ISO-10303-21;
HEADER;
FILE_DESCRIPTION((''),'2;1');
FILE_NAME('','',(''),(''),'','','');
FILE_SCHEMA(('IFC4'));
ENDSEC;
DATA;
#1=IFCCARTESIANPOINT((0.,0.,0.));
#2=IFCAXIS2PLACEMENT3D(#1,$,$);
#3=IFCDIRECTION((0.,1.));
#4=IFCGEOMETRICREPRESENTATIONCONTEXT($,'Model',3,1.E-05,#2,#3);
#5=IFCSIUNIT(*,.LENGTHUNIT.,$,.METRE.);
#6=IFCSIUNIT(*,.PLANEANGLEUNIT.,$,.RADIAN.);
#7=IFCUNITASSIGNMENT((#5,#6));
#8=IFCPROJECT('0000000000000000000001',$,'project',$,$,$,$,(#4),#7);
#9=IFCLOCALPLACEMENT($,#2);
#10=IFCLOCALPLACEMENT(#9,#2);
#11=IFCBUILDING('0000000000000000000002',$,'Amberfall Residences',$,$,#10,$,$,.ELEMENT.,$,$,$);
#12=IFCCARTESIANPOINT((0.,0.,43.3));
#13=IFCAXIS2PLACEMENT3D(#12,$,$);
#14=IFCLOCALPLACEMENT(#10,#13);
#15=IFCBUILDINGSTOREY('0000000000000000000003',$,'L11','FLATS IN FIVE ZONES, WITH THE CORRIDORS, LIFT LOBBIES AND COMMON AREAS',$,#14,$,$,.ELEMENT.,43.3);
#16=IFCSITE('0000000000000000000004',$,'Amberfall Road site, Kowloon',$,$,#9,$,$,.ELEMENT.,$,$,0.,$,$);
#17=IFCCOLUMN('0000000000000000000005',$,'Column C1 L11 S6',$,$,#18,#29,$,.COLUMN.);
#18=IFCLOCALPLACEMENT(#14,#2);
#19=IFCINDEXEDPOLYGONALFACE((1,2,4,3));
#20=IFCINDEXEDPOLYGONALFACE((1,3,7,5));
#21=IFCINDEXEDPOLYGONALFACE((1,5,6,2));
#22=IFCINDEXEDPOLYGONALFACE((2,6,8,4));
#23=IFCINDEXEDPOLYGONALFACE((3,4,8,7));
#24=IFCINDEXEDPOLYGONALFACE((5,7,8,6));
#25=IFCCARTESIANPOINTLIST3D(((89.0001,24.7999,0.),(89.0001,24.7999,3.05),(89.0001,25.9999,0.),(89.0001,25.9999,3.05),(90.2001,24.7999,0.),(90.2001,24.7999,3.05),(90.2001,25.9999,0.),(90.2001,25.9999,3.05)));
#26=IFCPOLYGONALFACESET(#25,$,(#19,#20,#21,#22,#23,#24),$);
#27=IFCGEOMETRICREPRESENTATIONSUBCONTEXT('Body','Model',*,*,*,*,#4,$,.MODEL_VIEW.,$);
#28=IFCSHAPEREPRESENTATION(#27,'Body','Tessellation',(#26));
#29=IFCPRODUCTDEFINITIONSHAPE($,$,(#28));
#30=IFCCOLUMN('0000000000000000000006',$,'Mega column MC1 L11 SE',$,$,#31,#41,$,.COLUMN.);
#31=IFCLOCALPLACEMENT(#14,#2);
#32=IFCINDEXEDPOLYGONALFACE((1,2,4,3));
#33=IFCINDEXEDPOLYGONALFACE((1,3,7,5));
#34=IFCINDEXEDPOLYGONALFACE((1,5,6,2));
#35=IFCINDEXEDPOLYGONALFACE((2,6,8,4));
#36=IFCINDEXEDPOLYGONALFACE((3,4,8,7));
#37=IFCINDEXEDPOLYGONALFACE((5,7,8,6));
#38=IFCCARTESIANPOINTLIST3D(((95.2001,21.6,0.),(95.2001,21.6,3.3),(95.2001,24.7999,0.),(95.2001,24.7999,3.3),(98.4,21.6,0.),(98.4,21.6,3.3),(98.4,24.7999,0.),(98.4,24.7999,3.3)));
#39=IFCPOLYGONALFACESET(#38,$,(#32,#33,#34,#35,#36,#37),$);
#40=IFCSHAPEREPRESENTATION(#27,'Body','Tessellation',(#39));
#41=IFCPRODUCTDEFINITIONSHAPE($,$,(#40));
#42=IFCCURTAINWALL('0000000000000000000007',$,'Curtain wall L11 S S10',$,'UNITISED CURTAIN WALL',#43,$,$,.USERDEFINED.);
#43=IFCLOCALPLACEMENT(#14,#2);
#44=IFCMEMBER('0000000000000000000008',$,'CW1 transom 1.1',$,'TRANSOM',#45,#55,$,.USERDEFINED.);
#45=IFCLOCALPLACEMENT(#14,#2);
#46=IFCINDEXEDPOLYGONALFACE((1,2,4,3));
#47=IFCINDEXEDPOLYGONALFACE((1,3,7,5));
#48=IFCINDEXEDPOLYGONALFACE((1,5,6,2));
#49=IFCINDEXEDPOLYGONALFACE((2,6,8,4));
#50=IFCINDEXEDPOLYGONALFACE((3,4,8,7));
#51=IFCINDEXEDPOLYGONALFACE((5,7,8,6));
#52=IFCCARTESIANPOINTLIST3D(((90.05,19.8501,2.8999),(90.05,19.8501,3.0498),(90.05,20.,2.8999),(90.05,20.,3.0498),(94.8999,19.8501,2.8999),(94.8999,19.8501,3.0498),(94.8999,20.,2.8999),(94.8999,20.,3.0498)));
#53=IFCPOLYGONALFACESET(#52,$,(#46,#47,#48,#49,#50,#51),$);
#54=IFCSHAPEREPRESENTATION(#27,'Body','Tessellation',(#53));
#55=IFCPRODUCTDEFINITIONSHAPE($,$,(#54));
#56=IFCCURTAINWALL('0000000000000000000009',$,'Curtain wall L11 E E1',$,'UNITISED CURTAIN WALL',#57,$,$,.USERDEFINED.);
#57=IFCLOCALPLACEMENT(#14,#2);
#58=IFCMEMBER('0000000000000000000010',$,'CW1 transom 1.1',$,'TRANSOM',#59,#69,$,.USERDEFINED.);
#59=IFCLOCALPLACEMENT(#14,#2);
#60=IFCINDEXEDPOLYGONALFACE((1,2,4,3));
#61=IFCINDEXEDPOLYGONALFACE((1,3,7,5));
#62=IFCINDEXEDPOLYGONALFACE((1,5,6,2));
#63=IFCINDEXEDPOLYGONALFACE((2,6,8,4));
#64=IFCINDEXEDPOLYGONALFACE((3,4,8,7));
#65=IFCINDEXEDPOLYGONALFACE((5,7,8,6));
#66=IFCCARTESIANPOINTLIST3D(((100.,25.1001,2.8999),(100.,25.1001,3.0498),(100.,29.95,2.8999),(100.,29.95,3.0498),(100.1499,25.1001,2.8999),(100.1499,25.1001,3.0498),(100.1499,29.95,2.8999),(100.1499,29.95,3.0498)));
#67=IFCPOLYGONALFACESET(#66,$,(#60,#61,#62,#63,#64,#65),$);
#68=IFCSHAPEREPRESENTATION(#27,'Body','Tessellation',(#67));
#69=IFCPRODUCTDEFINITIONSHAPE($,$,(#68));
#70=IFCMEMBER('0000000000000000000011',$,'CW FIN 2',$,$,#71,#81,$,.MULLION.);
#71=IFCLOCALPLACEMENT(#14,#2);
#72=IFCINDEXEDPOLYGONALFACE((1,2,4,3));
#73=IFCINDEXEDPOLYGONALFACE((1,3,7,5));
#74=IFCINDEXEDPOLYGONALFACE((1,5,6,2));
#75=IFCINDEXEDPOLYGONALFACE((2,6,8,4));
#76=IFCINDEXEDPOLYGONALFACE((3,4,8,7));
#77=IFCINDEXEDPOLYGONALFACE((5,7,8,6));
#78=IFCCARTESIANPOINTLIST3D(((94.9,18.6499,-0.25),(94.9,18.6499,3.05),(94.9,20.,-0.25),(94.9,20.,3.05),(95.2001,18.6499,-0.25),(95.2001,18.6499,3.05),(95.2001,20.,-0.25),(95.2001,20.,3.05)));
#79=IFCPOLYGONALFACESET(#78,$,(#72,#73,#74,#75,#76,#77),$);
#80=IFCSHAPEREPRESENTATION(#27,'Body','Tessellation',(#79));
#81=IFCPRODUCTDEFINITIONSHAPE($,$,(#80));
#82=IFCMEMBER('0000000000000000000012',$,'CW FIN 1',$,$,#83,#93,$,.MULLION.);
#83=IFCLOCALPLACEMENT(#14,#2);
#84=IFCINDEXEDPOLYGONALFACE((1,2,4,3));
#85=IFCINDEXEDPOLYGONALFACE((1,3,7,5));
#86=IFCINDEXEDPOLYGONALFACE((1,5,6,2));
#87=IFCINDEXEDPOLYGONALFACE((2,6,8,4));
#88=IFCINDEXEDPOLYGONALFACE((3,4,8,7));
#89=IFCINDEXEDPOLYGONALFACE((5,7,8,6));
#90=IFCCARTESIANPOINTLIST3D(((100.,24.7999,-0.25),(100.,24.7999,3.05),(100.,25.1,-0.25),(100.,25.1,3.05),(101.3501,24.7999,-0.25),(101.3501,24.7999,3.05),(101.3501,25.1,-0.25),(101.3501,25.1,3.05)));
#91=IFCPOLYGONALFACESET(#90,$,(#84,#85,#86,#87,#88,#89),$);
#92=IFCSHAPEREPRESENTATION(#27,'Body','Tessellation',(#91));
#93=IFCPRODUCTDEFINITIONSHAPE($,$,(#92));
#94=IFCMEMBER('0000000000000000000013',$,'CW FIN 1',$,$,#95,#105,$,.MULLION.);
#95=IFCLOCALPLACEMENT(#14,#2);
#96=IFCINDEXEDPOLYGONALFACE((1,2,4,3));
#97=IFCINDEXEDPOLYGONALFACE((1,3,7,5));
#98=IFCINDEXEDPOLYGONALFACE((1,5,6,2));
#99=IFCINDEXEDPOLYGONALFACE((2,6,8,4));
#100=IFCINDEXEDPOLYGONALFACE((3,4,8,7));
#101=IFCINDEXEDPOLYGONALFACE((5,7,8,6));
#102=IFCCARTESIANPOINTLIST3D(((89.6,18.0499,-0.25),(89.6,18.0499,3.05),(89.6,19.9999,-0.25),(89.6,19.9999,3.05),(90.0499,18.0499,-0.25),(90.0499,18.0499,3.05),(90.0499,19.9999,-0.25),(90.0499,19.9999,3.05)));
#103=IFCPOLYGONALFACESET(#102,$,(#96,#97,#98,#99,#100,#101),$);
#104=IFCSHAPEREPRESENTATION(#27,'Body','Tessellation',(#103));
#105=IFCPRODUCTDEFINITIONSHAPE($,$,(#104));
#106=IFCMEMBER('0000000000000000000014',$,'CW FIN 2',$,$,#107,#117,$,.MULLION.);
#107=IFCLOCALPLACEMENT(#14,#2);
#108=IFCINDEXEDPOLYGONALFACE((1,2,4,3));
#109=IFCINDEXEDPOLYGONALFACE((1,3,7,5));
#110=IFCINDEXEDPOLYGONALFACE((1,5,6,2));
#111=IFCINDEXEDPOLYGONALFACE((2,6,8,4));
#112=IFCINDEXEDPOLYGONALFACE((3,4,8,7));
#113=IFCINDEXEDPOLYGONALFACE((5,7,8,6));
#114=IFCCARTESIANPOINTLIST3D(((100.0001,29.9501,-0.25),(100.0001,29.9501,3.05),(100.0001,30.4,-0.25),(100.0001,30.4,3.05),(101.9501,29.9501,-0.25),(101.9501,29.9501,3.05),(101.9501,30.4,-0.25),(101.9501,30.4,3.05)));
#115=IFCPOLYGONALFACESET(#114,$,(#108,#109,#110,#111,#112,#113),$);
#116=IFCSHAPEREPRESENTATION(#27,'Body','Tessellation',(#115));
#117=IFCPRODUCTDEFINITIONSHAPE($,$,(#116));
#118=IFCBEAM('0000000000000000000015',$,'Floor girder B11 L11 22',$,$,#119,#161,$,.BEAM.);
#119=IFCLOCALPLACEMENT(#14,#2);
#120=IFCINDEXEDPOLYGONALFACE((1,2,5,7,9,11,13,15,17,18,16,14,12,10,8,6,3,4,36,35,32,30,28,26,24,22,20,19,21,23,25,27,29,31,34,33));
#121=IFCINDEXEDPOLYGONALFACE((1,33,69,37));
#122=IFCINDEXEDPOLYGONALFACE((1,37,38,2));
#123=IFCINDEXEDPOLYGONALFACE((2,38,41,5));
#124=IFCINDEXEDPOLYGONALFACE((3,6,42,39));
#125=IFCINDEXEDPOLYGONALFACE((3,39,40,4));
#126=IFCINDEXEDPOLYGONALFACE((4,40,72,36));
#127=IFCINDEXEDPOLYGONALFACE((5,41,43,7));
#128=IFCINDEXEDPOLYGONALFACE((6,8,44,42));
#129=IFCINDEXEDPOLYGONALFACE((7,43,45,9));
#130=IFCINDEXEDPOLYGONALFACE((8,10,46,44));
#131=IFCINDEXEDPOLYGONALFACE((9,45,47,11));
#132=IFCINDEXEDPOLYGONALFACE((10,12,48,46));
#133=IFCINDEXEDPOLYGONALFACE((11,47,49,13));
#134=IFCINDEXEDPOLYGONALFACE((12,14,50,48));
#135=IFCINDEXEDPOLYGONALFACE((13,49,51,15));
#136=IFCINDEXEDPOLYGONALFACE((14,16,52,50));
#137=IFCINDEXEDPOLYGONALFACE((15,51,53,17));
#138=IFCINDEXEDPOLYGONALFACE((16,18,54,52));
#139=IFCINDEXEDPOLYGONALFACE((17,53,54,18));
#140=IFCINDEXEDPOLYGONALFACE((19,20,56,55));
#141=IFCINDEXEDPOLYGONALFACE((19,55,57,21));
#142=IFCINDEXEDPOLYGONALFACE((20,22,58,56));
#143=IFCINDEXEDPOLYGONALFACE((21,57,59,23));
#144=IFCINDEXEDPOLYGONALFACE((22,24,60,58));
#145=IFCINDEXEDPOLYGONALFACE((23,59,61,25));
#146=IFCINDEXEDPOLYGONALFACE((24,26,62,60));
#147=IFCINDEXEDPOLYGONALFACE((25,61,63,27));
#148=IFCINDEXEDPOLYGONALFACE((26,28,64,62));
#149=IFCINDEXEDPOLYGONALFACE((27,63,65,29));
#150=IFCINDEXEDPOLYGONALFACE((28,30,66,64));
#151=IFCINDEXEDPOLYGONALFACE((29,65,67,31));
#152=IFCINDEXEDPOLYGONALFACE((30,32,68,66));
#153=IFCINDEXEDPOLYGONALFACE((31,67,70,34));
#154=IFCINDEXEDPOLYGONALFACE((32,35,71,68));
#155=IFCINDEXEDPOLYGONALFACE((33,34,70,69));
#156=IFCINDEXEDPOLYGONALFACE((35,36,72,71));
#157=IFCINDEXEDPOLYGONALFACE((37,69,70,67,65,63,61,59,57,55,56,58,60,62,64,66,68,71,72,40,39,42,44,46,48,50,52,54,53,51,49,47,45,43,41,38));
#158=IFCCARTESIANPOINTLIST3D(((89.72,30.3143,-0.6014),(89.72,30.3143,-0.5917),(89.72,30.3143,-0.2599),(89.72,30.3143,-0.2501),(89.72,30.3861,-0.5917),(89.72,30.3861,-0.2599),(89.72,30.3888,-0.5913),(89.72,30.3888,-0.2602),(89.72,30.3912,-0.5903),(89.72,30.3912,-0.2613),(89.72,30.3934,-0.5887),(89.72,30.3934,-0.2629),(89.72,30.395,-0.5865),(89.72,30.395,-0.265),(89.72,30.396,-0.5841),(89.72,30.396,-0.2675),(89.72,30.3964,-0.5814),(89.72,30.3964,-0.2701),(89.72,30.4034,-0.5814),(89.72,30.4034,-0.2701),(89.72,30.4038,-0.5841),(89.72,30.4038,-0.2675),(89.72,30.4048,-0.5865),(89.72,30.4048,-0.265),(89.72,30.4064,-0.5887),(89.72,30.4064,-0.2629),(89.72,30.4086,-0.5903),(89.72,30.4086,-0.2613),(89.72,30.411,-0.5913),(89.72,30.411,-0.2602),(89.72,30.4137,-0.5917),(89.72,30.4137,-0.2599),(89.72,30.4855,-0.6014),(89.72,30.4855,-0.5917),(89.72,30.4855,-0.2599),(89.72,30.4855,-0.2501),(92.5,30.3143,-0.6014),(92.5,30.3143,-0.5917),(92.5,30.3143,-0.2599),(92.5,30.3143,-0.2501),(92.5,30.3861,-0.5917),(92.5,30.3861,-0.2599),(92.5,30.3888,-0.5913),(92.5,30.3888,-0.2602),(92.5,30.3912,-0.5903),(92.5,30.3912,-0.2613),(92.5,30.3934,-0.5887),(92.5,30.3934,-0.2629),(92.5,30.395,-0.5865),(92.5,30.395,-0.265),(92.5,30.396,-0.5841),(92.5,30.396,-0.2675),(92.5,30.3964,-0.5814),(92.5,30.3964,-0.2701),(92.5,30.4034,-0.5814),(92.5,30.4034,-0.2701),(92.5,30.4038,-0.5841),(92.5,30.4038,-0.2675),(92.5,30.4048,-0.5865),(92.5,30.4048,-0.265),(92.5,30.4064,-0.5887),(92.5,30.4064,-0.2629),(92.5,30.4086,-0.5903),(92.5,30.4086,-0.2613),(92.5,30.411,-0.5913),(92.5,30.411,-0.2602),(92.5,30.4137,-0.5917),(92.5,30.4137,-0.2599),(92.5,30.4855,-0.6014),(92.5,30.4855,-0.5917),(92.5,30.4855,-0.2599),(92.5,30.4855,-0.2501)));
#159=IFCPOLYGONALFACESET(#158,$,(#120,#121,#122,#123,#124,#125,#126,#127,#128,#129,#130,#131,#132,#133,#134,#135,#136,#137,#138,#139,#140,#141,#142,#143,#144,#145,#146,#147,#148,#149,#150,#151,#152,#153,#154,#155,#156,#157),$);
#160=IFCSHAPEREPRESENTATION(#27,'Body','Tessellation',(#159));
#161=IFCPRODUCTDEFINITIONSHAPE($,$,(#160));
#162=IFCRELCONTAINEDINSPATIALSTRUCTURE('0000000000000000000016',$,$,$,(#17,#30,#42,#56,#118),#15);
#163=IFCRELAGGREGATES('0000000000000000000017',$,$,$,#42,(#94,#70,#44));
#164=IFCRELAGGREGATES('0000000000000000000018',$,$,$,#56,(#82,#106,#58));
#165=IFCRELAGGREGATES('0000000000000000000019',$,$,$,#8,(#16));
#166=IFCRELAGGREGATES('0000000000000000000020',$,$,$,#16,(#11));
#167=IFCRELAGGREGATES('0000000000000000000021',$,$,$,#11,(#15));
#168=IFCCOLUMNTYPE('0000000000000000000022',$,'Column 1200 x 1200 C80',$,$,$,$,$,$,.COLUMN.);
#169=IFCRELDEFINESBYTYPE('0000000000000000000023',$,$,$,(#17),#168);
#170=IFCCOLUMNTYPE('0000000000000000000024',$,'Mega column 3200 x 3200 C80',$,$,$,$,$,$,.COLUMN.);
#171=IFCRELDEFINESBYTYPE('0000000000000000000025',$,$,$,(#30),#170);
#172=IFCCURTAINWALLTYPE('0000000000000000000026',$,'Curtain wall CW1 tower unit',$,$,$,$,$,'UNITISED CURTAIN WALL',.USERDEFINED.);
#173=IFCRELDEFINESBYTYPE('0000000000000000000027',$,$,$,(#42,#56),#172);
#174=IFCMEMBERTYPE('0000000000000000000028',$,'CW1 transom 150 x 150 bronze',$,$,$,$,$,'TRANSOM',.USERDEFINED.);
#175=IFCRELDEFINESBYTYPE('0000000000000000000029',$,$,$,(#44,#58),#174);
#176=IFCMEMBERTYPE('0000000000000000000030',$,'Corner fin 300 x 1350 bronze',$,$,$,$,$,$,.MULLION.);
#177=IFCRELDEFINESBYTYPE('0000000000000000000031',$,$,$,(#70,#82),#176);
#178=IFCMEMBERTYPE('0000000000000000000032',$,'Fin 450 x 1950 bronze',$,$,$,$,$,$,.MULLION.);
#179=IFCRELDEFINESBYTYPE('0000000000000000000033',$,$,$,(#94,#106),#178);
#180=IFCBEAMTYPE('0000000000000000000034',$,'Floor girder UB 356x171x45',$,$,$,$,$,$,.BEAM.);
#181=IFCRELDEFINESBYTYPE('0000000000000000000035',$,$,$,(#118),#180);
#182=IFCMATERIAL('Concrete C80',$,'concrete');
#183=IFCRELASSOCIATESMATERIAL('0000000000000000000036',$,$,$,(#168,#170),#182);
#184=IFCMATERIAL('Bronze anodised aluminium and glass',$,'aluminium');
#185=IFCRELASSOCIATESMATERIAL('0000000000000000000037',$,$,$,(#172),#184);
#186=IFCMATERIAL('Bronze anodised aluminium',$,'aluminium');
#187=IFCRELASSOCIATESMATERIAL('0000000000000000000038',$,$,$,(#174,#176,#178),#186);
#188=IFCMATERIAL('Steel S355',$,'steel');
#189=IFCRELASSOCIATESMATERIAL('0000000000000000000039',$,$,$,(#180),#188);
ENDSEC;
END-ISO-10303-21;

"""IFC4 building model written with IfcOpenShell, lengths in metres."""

from ifc_helpers import new_model, si_unit, direction, frame, origin, origin_2d, place, context, subcontext, project, spatial, rectangle, i_section, extrude, material, material_profile, profile_set, type_object, element, aggregate, save


model = new_model("IFC4")

# Units and contexts
model_context = context("Model", 3, precision=1e-05, world=origin(), true_north=direction((0.0, 1.0)))
body_context = subcontext(model_context, "Body", "Model", "MODEL_VIEW")
ifc_project = project(units=[si_unit("LENGTHUNIT", "METRE"), si_unit("PLANEANGLEUNIT", "RADIAN")], contexts=[model_context])

# Site, building, storey
site_placement = place(None, origin())
site = spatial("IfcSite", under=ifc_project, at=site_placement, Name="Amberfall Road site, Kowloon", CompositionType="ELEMENT", RefElevation=0.0)
building_placement = place(site_placement, origin())
building = spatial("IfcBuilding", under=site, at=building_placement, Name="Amberfall Residences", CompositionType="ELEMENT")
storey_placement = place(building_placement, frame((0.0, 0.0, 43.3)))
storey = spatial("IfcBuildingStorey", under=building, at=storey_placement, Name="L11", Description="FLATS IN FIVE ZONES, WITH THE CORRIDORS, LIFT LOBBIES AND COMMON AREAS", CompositionType="ELEMENT", Elevation=43.3)

# Columns
ifc_material_1 = material(Name="Concrete C80", Category="concrete")
ifc_material_profile_1 = material_profile(ifc_material_1, rectangle(XDim=1.2, YDim=1.2, at=origin_2d()), Name="Column 1200 x 1200 C80")
ifc_profile_set_1 = profile_set([ifc_material_profile_1], Name="Concrete C80")
column_type_1 = type_object("IfcColumnType", Name="Column 1200 x 1200 C80", PredefinedType="COLUMN", material=ifc_profile_set_1)
column_1_placement = place(storey_placement, frame((89.6001, 25.3999, 0.0), z_axis=(0.0, 0.0, 1.0), x_axis=(1.0, 0.0, 0.0)))
element("IfcColumn", 1, at=column_1_placement, inside=storey, type_object=column_type_1, Name="Column C1 L11 S6", PredefinedType="COLUMN", context=body_context, shape_type="SweptSolid", body=[
    extrude(rectangle(XDim=1.2, YDim=1.2, at=origin_2d()), origin(), (0.0, 0.0, 1.0), 3.05),
])
ifc_material_profile_2 = material_profile(ifc_material_1, rectangle(XDim=3.2, YDim=3.2, at=origin_2d()), Name="Mega column 3200 x 3200 C80")
ifc_profile_set_2 = profile_set([ifc_material_profile_2], Name="Concrete C80")
column_type_2 = type_object("IfcColumnType", Name="Mega column 3200 x 3200 C80", PredefinedType="COLUMN", material=ifc_profile_set_2)
column_2_placement = place(storey_placement, frame((96.8, 23.2, 0.0), z_axis=(0.0, 0.0, 1.0), x_axis=(1.0, 0.0, 0.0)))
element("IfcColumn", 2, at=column_2_placement, inside=storey, type_object=column_type_2, Name="Mega column MC1 L11 SE", PredefinedType="COLUMN", context=body_context, shape_type="SweptSolid", body=[
    extrude(rectangle(XDim=3.2, YDim=3.2, at=origin_2d()), origin(), (0.0, 0.0, 1.0), 3.3),
])

# Curtain walls, members
ifc_material_2 = material(Name="Bronze anodised aluminium and glass", Category="aluminium")
curtain_wall_type = type_object("IfcCurtainWallType", Name="Curtain wall CW1 tower unit", ElementType="UNITISED CURTAIN WALL", PredefinedType="USERDEFINED", material=ifc_material_2)
curtain_wall_1_placement = place(storey_placement, origin())
curtain_wall_1 = element("IfcCurtainWall", 3, at=curtain_wall_1_placement, inside=storey, type_object=curtain_wall_type, Name="Curtain wall L11 S S10", ObjectType="UNITISED CURTAIN WALL", PredefinedType="USERDEFINED")
ifc_material_3 = material(Name="Bronze anodised aluminium", Category="aluminium")
ifc_material_profile_3 = material_profile(ifc_material_3, rectangle(XDim=0.1499, YDim=0.1499, at=origin_2d()), Name="CW1 transom 150 x 150 bronze")
ifc_profile_set_3 = profile_set([ifc_material_profile_3], Name="Bronze anodised aluminium")
member_type_1 = type_object("IfcMemberType", Name="CW1 transom 150 x 150 bronze", ElementType="TRANSOM", PredefinedType="USERDEFINED", material=ifc_profile_set_3)
member_1_placement = place(storey_placement, frame((90.05, 19.925, 2.9749), z_axis=(1.0, 0.0, 0.0), x_axis=(0.0, 1.0, 0.0)))
member_1 = element("IfcMember", 4, at=member_1_placement, type_object=member_type_1, Name="CW1 transom 1.1", ObjectType="TRANSOM", PredefinedType="USERDEFINED", context=body_context, shape_type="SweptSolid", body=[
    extrude(rectangle(XDim=0.1499, YDim=0.1499, at=origin_2d()), origin(), (0.0, 0.0, 1.0), 4.8499),
])
curtain_wall_2_placement = place(storey_placement, origin())
curtain_wall_2 = element("IfcCurtainWall", 5, at=curtain_wall_2_placement, inside=storey, type_object=curtain_wall_type, Name="Curtain wall L11 E E1", ObjectType="UNITISED CURTAIN WALL", PredefinedType="USERDEFINED")
member_2_placement = place(storey_placement, frame((100.075, 25.1001, 2.9749), z_axis=(0.0, 1.0, 0.0), x_axis=(-1.0, 0.0, 0.0)))
member_2 = element("IfcMember", 6, at=member_2_placement, type_object=member_type_1, Name="CW1 transom 1.1", ObjectType="TRANSOM", PredefinedType="USERDEFINED", context=body_context, shape_type="SweptSolid", body=[
    extrude(rectangle(XDim=0.1499, YDim=0.1499, at=origin_2d()), origin(), (0.0, 0.0, 1.0), 4.8499),
])

# Members
ifc_material_profile_4 = material_profile(ifc_material_3, rectangle(XDim=1.3501, YDim=0.3, at=origin_2d()), Name="Corner fin 300 x 1350 bronze")
ifc_profile_set_4 = profile_set([ifc_material_profile_4], Name="Bronze anodised aluminium")
member_type_2 = type_object("IfcMemberType", Name="Corner fin 300 x 1350 bronze", PredefinedType="MULLION", material=ifc_profile_set_4)
member_3_placement = place(storey_placement, frame((95.05, 19.325, -0.25), z_axis=(0.0, 0.0, 1.0), x_axis=(0.0, 1.0, 0.0)))
member_3 = element("IfcMember", 7, at=member_3_placement, type_object=member_type_2, Name="CW FIN 2", PredefinedType="MULLION", context=body_context, shape_type="SweptSolid", body=[
    extrude(rectangle(XDim=1.3501, YDim=0.3, at=origin_2d()), origin(), (0.0, 0.0, 1.0), 3.3),
])
member_4_placement = place(storey_placement, frame((100.675, 24.95, -0.25), z_axis=(0.0, 0.0, 1.0), x_axis=(-1.0, 0.0, 0.0)))
member_4 = element("IfcMember", 8, at=member_4_placement, type_object=member_type_2, Name="CW FIN 1", PredefinedType="MULLION", context=body_context, shape_type="SweptSolid", body=[
    extrude(rectangle(XDim=1.3501, YDim=0.3, at=origin_2d()), origin(), (0.0, 0.0, 1.0), 3.3),
])
ifc_material_profile_5 = material_profile(ifc_material_3, rectangle(XDim=1.95, YDim=0.45, at=origin_2d()), Name="Fin 450 x 1950 bronze")
ifc_profile_set_5 = profile_set([ifc_material_profile_5], Name="Bronze anodised aluminium")
member_type_3 = type_object("IfcMemberType", Name="Fin 450 x 1950 bronze", PredefinedType="MULLION", material=ifc_profile_set_5)
member_5_placement = place(storey_placement, frame((89.825, 19.0249, -0.25), z_axis=(0.0, 0.0, 1.0), x_axis=(0.0, 1.0, 0.0)))
member_5 = element("IfcMember", 9, at=member_5_placement, type_object=member_type_3, Name="CW FIN 1", PredefinedType="MULLION", context=body_context, shape_type="SweptSolid", body=[
    extrude(rectangle(XDim=1.95, YDim=0.45, at=origin_2d()), origin(), (0.0, 0.0, 1.0), 3.3),
])
member_6_placement = place(storey_placement, frame((100.9751, 30.175, -0.25), z_axis=(0.0, 0.0, 1.0), x_axis=(-1.0, 0.0, 0.0)))
member_6 = element("IfcMember", 10, at=member_6_placement, type_object=member_type_3, Name="CW FIN 2", PredefinedType="MULLION", context=body_context, shape_type="SweptSolid", body=[
    extrude(rectangle(XDim=1.95, YDim=0.45, at=origin_2d()), origin(), (0.0, 0.0, 1.0), 3.3),
])

# Beam
ifc_material_4 = material(Name="Steel S355", Category="steel")
ifc_material_profile_6 = material_profile(ifc_material_4, i_section(OverallWidth=0.1711, OverallDepth=0.3513, WebThickness=0.0071, FlangeThickness=0.0098, FilletRadius=0.0103, at=origin_2d()), Name="UB 356x171x45")
ifc_profile_set_6 = profile_set([ifc_material_profile_6], Name="Steel S355")
beam_type_1 = type_object("IfcBeamType", Name="Floor girder UB 356x171x45", PredefinedType="BEAM", material=ifc_profile_set_6)
beam_1_placement = place(storey_placement, frame((92.5, 30.3999, -0.4258), z_axis=(-1.0, 0.0, 0.0), x_axis=(0.0, -1.0, 0.0)))
element("IfcBeam", 11, at=beam_1_placement, inside=storey, type_object=beam_type_1, Name="Floor girder B11 L11 22", PredefinedType="BEAM", context=body_context, shape_type="SweptSolid", body=[
    extrude(i_section(OverallWidth=0.1711, OverallDepth=0.3513, WebThickness=0.0071, FlangeThickness=0.0098, FilletRadius=0.0103, at=origin_2d()), origin(), (0.0, 0.0, 1.0), 2.78),
])

aggregate(curtain_wall_1, [member_5, member_3, member_1])
aggregate(curtain_wall_2, [member_4, member_6, member_2])

save(model, "model.ifc")
